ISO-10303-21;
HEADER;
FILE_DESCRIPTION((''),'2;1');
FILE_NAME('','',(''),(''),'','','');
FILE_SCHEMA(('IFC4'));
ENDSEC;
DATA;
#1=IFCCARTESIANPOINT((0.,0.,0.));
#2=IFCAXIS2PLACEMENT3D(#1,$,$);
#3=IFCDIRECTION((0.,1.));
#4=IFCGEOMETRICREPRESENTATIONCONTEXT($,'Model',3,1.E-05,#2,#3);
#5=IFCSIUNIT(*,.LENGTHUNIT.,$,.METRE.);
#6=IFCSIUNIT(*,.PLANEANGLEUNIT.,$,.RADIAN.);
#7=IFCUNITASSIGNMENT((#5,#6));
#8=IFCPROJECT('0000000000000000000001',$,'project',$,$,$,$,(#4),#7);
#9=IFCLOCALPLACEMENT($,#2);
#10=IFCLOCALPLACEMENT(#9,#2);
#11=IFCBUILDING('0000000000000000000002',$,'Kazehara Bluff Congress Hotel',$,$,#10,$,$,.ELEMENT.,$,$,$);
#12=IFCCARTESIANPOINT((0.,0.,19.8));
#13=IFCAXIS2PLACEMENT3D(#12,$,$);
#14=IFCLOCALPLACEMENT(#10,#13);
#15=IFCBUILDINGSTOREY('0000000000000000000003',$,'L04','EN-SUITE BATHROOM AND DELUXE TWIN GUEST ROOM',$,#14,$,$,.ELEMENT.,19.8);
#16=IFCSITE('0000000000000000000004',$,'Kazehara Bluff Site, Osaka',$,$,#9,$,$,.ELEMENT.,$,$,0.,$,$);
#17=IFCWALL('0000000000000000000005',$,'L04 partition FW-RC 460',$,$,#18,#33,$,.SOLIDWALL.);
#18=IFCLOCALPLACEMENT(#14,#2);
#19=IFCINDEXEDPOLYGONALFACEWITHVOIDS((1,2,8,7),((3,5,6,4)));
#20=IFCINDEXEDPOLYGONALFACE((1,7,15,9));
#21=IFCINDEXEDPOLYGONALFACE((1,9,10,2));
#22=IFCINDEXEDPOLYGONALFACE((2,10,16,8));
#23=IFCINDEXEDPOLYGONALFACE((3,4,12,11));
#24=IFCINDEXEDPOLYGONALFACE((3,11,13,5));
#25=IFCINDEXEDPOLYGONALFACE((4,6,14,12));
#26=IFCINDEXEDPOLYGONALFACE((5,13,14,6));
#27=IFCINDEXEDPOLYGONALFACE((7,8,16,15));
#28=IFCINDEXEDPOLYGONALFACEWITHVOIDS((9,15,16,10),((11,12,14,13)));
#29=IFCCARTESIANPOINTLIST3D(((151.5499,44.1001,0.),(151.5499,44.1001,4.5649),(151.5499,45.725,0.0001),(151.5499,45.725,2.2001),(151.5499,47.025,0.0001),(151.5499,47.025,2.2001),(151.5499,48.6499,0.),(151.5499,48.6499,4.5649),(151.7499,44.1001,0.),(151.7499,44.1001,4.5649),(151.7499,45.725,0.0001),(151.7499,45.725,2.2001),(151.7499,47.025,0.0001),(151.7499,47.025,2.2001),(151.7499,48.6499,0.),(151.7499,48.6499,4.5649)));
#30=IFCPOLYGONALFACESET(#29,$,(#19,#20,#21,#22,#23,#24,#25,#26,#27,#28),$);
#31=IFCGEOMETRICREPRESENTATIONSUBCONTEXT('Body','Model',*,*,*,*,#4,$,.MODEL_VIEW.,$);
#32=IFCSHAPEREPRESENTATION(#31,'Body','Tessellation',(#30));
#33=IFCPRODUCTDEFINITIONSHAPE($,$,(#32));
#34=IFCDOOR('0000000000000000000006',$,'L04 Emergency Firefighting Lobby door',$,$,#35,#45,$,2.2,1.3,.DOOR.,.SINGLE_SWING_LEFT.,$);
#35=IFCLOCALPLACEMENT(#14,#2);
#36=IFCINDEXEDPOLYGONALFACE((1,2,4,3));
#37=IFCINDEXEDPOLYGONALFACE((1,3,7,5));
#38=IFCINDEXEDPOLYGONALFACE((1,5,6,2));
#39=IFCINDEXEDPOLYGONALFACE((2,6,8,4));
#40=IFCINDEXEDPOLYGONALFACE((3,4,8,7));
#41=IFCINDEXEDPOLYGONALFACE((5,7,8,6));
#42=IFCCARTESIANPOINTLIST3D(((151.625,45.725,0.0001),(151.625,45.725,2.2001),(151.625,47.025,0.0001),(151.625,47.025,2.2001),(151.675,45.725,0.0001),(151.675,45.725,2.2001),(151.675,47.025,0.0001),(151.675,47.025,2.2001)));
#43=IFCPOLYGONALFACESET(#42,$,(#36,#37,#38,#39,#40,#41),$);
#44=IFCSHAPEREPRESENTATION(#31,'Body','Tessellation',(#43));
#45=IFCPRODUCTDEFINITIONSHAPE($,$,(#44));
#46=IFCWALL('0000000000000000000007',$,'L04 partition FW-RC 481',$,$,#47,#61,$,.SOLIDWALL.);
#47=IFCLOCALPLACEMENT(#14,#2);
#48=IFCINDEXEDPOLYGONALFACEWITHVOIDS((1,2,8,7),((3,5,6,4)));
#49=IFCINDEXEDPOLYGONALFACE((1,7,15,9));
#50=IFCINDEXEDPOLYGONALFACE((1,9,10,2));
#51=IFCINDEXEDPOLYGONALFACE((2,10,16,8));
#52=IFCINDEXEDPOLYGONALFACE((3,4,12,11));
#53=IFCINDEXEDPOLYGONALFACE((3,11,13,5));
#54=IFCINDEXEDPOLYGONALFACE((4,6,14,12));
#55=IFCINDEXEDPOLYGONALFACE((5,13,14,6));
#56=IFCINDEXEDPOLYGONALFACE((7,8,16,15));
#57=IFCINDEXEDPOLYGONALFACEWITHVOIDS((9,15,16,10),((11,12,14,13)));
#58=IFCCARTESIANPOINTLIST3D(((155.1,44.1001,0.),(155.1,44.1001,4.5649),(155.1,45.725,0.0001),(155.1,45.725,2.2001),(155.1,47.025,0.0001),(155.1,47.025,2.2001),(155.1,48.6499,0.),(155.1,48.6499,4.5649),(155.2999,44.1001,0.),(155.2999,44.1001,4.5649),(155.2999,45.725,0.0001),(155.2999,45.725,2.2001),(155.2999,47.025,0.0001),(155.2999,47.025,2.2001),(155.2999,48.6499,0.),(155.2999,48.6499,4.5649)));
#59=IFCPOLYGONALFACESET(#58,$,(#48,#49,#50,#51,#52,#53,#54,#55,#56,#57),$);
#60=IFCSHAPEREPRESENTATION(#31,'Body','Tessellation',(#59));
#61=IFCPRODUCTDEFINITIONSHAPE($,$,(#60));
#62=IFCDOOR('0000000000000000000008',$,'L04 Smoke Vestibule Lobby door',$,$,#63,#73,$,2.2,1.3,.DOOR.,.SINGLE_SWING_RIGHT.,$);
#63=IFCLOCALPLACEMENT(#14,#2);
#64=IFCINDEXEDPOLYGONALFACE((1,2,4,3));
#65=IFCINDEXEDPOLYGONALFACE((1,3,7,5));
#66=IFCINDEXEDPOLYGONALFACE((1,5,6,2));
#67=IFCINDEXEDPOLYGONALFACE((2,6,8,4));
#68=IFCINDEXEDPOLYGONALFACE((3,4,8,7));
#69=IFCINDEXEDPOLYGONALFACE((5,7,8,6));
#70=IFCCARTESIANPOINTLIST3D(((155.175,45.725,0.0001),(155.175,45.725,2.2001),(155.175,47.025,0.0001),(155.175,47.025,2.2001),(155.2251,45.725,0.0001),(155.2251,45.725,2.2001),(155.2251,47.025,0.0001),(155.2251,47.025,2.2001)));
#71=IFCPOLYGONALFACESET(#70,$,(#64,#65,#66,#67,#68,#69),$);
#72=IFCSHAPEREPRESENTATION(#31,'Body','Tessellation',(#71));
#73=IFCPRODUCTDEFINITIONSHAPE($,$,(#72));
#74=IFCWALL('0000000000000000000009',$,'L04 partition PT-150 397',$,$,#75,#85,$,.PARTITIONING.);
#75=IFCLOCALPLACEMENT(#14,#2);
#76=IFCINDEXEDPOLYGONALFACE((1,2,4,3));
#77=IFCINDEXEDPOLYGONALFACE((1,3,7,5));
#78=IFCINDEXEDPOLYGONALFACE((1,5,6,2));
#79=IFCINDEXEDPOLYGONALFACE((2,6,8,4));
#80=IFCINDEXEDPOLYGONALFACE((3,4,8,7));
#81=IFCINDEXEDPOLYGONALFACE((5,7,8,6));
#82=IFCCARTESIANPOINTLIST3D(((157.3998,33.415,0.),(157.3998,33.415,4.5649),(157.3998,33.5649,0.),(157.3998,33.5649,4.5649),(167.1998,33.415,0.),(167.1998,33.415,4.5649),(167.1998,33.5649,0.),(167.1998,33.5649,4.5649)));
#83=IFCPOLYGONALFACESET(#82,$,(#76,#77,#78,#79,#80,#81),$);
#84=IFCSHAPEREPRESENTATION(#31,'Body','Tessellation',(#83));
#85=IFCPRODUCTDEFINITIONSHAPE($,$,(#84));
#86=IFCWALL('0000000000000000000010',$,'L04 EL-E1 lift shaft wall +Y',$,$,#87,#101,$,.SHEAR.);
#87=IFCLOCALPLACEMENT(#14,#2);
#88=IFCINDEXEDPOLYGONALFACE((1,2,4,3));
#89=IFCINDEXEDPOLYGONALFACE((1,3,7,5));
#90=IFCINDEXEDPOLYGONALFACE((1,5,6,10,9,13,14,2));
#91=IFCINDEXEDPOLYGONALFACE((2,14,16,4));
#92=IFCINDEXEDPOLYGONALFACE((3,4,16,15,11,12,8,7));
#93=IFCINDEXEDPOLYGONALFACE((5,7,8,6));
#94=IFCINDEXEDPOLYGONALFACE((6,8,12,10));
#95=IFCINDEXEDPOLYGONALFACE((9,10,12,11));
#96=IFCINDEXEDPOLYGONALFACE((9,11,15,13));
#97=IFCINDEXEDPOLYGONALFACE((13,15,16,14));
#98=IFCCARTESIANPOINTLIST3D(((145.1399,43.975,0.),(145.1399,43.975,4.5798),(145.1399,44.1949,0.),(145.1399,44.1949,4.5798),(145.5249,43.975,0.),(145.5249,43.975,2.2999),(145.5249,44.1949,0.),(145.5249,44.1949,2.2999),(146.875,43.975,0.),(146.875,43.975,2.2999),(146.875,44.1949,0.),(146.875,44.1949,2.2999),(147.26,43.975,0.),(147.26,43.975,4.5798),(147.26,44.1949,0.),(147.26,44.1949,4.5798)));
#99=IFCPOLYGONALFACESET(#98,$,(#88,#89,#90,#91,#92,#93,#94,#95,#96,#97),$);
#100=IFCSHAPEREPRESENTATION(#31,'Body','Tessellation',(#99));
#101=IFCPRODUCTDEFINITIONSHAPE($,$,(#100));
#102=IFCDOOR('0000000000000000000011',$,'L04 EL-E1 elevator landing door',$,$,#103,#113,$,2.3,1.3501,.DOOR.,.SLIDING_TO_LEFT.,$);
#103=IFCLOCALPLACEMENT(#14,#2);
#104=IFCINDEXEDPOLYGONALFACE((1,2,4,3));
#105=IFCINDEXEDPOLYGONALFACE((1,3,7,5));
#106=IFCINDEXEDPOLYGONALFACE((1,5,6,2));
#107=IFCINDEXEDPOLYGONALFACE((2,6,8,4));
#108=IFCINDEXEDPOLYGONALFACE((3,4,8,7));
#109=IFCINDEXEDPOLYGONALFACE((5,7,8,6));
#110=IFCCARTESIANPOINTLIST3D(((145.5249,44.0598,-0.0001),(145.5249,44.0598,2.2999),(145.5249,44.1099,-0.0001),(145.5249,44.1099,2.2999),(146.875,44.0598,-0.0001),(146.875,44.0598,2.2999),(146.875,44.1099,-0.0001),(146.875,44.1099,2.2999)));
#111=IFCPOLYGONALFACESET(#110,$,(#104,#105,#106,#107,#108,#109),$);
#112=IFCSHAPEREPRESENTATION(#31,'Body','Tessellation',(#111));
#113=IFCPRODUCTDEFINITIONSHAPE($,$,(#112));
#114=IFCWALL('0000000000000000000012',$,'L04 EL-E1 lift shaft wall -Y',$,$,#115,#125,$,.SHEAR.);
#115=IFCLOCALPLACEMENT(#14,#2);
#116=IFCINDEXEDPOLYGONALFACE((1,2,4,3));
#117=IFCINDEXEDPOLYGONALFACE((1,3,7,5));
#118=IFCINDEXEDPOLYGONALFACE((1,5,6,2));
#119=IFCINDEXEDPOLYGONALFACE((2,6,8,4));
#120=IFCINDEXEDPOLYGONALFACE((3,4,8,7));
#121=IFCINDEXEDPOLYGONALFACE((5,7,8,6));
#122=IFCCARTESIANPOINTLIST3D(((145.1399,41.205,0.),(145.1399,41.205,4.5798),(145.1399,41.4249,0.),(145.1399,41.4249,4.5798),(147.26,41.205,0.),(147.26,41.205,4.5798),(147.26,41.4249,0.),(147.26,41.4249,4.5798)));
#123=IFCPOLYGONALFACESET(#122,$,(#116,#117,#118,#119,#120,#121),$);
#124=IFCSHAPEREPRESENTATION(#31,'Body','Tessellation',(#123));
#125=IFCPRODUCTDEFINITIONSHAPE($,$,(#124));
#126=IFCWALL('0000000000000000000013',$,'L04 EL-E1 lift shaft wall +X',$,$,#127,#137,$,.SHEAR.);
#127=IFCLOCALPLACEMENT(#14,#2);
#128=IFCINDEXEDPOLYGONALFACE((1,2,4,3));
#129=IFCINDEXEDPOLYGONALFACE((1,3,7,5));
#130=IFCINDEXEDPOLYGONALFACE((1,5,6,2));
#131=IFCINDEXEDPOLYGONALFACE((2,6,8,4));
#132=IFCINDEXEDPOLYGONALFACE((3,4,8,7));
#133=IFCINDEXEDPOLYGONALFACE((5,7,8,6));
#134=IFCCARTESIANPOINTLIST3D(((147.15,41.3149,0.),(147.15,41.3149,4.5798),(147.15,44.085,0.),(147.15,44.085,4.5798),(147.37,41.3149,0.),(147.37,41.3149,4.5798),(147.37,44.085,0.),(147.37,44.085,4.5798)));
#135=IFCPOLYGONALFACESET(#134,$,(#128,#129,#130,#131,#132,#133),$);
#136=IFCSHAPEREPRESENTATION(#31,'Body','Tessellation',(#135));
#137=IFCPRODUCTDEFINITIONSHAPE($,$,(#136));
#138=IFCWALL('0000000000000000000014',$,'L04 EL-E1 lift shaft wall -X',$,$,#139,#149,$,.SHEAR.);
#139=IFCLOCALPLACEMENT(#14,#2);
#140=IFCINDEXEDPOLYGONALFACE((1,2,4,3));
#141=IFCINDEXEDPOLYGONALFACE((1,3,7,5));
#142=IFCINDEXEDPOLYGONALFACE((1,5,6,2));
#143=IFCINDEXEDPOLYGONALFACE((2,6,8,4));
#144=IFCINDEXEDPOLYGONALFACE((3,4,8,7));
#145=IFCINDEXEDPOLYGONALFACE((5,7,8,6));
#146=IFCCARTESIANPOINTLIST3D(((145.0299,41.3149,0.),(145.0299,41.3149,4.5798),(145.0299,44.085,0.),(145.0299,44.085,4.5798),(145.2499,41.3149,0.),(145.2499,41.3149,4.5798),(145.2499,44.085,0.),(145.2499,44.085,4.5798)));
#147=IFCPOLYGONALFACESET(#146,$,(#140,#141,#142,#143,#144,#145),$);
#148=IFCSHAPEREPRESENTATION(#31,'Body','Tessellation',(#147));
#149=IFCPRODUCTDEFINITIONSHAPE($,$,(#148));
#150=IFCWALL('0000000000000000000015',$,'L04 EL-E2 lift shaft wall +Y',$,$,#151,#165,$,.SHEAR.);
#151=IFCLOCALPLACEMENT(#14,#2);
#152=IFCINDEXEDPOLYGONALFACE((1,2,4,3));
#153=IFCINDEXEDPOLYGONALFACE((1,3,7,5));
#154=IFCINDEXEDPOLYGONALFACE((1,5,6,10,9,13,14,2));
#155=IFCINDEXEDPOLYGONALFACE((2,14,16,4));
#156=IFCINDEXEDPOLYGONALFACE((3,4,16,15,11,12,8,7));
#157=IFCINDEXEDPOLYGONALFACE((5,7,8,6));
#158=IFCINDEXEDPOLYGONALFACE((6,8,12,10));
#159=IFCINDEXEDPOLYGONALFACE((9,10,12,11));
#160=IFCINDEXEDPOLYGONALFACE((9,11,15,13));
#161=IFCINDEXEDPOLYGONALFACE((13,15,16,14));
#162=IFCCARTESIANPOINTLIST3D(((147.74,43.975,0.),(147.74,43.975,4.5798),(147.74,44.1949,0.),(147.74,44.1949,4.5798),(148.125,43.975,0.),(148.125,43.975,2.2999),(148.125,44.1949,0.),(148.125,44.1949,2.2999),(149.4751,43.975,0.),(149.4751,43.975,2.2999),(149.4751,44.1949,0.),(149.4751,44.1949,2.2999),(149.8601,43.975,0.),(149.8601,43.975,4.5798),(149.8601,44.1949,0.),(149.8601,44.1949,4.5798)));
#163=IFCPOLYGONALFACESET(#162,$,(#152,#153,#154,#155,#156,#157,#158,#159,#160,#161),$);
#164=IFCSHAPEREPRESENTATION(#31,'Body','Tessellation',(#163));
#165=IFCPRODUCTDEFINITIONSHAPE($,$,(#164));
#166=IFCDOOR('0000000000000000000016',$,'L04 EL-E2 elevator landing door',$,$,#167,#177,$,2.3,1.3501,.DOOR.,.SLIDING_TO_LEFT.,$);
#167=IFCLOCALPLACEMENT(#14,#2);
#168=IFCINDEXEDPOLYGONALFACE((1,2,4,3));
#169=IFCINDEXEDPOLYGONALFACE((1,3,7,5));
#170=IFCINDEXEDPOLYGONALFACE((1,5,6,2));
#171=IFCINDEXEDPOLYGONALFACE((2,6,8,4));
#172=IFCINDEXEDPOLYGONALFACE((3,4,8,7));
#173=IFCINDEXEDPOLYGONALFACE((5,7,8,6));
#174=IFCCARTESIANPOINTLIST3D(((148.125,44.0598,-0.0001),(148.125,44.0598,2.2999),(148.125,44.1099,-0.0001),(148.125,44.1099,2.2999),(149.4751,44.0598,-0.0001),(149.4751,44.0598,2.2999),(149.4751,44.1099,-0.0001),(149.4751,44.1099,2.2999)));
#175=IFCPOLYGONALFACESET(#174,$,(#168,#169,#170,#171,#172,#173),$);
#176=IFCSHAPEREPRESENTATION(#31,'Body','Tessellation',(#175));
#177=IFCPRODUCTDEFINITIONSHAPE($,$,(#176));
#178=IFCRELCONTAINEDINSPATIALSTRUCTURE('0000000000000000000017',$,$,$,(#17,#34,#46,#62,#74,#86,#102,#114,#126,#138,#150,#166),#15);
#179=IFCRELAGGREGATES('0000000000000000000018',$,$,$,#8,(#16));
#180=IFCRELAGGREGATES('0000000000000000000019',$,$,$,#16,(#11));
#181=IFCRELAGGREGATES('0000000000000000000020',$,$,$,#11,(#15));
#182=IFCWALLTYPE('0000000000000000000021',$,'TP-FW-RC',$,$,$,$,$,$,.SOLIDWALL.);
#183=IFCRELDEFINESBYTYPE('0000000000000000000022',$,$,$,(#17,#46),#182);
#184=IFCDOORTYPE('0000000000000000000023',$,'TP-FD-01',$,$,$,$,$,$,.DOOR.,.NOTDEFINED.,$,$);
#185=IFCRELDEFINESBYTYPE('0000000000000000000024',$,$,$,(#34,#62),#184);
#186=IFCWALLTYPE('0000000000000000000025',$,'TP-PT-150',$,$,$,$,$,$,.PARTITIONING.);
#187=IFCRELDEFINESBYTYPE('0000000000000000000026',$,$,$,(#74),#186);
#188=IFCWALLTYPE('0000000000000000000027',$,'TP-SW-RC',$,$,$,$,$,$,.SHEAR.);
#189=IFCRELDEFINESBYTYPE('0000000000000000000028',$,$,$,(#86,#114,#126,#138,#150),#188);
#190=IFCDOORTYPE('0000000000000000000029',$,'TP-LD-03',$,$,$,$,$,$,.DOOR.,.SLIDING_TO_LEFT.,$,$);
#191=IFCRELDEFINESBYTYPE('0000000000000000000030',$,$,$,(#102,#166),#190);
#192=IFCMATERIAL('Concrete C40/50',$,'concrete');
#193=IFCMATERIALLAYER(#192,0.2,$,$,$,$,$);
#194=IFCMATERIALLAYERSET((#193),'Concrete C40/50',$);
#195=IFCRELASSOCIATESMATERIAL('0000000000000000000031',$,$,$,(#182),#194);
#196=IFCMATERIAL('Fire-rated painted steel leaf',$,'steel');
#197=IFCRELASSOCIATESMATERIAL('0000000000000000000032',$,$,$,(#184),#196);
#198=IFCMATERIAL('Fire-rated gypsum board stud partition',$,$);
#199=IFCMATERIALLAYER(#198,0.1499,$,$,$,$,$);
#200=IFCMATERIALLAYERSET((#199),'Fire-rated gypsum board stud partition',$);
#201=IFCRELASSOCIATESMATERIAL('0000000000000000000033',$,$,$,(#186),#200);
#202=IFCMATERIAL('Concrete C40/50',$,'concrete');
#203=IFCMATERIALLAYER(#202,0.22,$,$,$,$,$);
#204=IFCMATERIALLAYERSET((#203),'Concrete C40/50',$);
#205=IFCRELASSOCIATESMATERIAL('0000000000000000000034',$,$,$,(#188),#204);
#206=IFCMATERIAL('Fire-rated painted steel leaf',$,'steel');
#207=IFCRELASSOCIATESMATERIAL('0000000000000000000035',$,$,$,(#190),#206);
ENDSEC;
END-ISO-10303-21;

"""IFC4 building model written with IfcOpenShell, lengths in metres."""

from ifc_helpers import new_model, si_unit, direction, frame, frame_2d, origin, place, context, subcontext, project, spatial, rectangle, extrude, material, layer, layer_set, type_object, element, fill, save


model = new_model("IFC4")

# Units and contexts
model_context = context("Model", 3, precision=1e-05, world=origin(), true_north=direction((0.0, 1.0)))
body_context = subcontext(model_context, "Body", "Model", "MODEL_VIEW")
ifc_project = project(units=[si_unit("LENGTHUNIT", "METRE"), si_unit("PLANEANGLEUNIT", "RADIAN")], contexts=[model_context])

# Site, building, storey
site_placement = place(None, origin())
site = spatial("IfcSite", under=ifc_project, at=site_placement, Name="Kazehara Bluff Site, Osaka", CompositionType="ELEMENT", RefElevation=0.0)
building_placement = place(site_placement, origin())
building = spatial("IfcBuilding", under=site, at=building_placement, Name="Kazehara Bluff Congress Hotel", CompositionType="ELEMENT")
storey_placement = place(building_placement, frame((0.0, 0.0, 19.8)))
storey = spatial("IfcBuildingStorey", under=building, at=storey_placement, Name="L04", Description="EN-SUITE BATHROOM AND DELUXE TWIN GUEST ROOM", CompositionType="ELEMENT", Elevation=19.8)

# Shared definitions
ifc_material_1 = material(Name="Concrete C40/50", Category="concrete")
ifc_layer_1 = layer(ifc_material_1, 0.2)
ifc_layer_set_1 = layer_set([ifc_layer_1], Name="Concrete C40/50")
wall_type_1 = type_object("IfcWallType", Name="TP-FW-RC", PredefinedType="SOLIDWALL", material=ifc_layer_set_1)

# Walls, openings, doors
wall_1_placement = place(storey_placement, frame((151.6499, 44.1001, 0.0), z_axis=(0.0, 0.0, 1.0), x_axis=(0.0, 1.0, 0.0)))
wall_1 = element("IfcWall", 1, at=wall_1_placement, inside=storey, type_object=wall_type_1, Name="L04 partition FW-RC 460", PredefinedType="SOLIDWALL", context=body_context, shape_type="SweptSolid", body=[
    extrude(rectangle(XDim=4.5498, YDim=0.2, at=frame_2d((2.2749, 0.0))), origin(), (0.0, 0.0, 1.0), 4.5649),
])
opening_1_placement = place(wall_1_placement, frame((1.625, 0.0, 0.0)))
opening_1 = element("IfcOpeningElement", 2, at=opening_1_placement, cuts=wall_1, PredefinedType="OPENING", context=body_context, shape_type="SweptSolid", body=[
    extrude(rectangle(XDim=1.3, YDim=2.2, at=frame_2d((0.6499, 1.1001))), frame((0.0, 0.1099, 0.0), z_axis=(0.0, -1.0, 0.0), x_axis=(1.0, 0.0, 0.0)), (0.0, 0.0, 1.0), 0.22),
])
ifc_material_2 = material(Name="Fire-rated painted steel leaf", Category="steel")
door_type_1 = type_object("IfcDoorType", Name="TP-FD-01", OperationType="NOTDEFINED", PredefinedType="DOOR", material=ifc_material_2)
door_1_placement = place(opening_1_placement, origin())
door_1 = element("IfcDoor", 3, at=door_1_placement, inside=storey, type_object=door_type_1, Name="L04 Emergency Firefighting Lobby door", OperationType="SINGLE_SWING_LEFT", OverallHeight=2.2, OverallWidth=1.3, PredefinedType="DOOR", context=body_context, shape_type="SweptSolid", body=[
    extrude(rectangle(XDim=1.3, YDim=2.2, at=frame_2d((0.6499, 1.1001))), frame((0.0, 0.0249, 0.0), z_axis=(0.0, -1.0, 0.0), x_axis=(1.0, 0.0, 0.0)), (0.0, 0.0, 1.0), 0.05),
])
fill(opening_1, door_1)
wall_2_placement = place(storey_placement, frame((155.2, 44.1001, 0.0), z_axis=(0.0, 0.0, 1.0), x_axis=(0.0, 1.0, 0.0)))
wall_2 = element("IfcWall", 4, at=wall_2_placement, inside=storey, type_object=wall_type_1, Name="L04 partition FW-RC 481", PredefinedType="SOLIDWALL", context=body_context, shape_type="SweptSolid", body=[
    extrude(rectangle(XDim=4.5498, YDim=0.2, at=frame_2d((2.2749, 0.0))), origin(), (0.0, 0.0, 1.0), 4.5649),
])
opening_2_placement = place(wall_2_placement, frame((1.625, 0.0, 0.0)))
opening_2 = element("IfcOpeningElement", 5, at=opening_2_placement, cuts=wall_2, PredefinedType="OPENING", context=body_context, shape_type="SweptSolid", body=[
    extrude(rectangle(XDim=1.3, YDim=2.2, at=frame_2d((0.6499, 1.1001))), frame((0.0, 0.1099, 0.0), z_axis=(0.0, -1.0, 0.0), x_axis=(1.0, 0.0, 0.0)), (0.0, 0.0, 1.0), 0.22),
])
door_2_placement = place(opening_2_placement, origin())
door_2 = element("IfcDoor", 6, at=door_2_placement, inside=storey, type_object=door_type_1, Name="L04 Smoke Vestibule Lobby door", OperationType="SINGLE_SWING_RIGHT", OverallHeight=2.2, OverallWidth=1.3, PredefinedType="DOOR", context=body_context, shape_type="SweptSolid", body=[
    extrude(rectangle(XDim=1.3, YDim=2.2, at=frame_2d((0.6499, 1.1001))), frame((0.0, 0.0249, 0.0), z_axis=(0.0, -1.0, 0.0), x_axis=(1.0, 0.0, 0.0)), (0.0, 0.0, 1.0), 0.05),
])
fill(opening_2, door_2)

# Wall
ifc_material_3 = material(Name="Fire-rated gypsum board stud partition")
ifc_layer_2 = layer(ifc_material_3, 0.1499)
ifc_layer_set_2 = layer_set([ifc_layer_2], Name="Fire-rated gypsum board stud partition")
wall_type_2 = type_object("IfcWallType", Name="TP-PT-150", PredefinedType="PARTITIONING", material=ifc_layer_set_2)
wall_3_placement = place(storey_placement, frame((157.3999, 33.49, 0.0), z_axis=(0.0, 0.0, 1.0), x_axis=(1.0, 0.0, 0.0)))
element("IfcWall", 7, at=wall_3_placement, inside=storey, type_object=wall_type_2, Name="L04 partition PT-150 397", PredefinedType="PARTITIONING", context=body_context, shape_type="SweptSolid", body=[
    extrude(rectangle(XDim=9.8, YDim=0.1499, at=frame_2d((4.8999, 0.0))), origin(), (0.0, 0.0, 1.0), 4.5649),
])

# Wall, opening, door
ifc_material_4 = material(Name="Concrete C40/50", Category="concrete")
ifc_layer_3 = layer(ifc_material_4, 0.22)
ifc_layer_set_3 = layer_set([ifc_layer_3], Name="Concrete C40/50")
wall_type_3 = type_object("IfcWallType", Name="TP-SW-RC", PredefinedType="SHEAR", material=ifc_layer_set_3)
wall_4_placement = place(storey_placement, frame((145.1399, 44.085, 0.0), z_axis=(0.0, 0.0, 1.0), x_axis=(1.0, 0.0, 0.0)))
wall_4 = element("IfcWall", 8, at=wall_4_placement, inside=storey, type_object=wall_type_3, Name="L04 EL-E1 lift shaft wall +Y", PredefinedType="SHEAR", context=body_context, shape_type="SweptSolid", body=[
    extrude(rectangle(XDim=2.1201, YDim=0.22, at=frame_2d((1.0601, 0.0))), origin(), (0.0, 0.0, 1.0), 4.5798),
])
opening_3_placement = place(wall_4_placement, frame((0.385, 0.0, 0.0)))
opening_3 = element("IfcOpeningElement", 9, at=opening_3_placement, cuts=wall_4, PredefinedType="OPENING", context=body_context, shape_type="SweptSolid", body=[
    extrude(rectangle(XDim=1.3501, YDim=2.3, at=frame_2d((0.675, 1.1499))), frame((0.0, 0.1199, 0.0), z_axis=(0.0, -1.0, 0.0), x_axis=(1.0, 0.0, 0.0)), (0.0, 0.0, 1.0), 0.24),
])
ifc_material_5 = material(Name="Fire-rated painted steel leaf", Category="steel")
door_type_2 = type_object("IfcDoorType", Name="TP-LD-03", OperationType="SLIDING_TO_LEFT", PredefinedType="DOOR", material=ifc_material_5)
door_3_placement = place(opening_3_placement, origin())
door_3 = element("IfcDoor", 10, at=door_3_placement, inside=storey, type_object=door_type_2, Name="L04 EL-E1 elevator landing door", OperationType="SLIDING_TO_LEFT", OverallHeight=2.3, OverallWidth=1.3501, PredefinedType="DOOR", context=body_context, shape_type="SweptSolid", body=[
    extrude(rectangle(XDim=1.3501, YDim=2.3, at=frame_2d((0.675, 1.1499))), frame((0.0, 0.0249, 0.0), z_axis=(0.0, -1.0, 0.0), x_axis=(1.0, 0.0, 0.0)), (0.0, 0.0, 1.0), 0.05),
])
fill(opening_3, door_3)

# Walls
wall_5_placement = place(storey_placement, frame((145.1399, 41.3149, 0.0), z_axis=(0.0, 0.0, 1.0), x_axis=(1.0, 0.0, 0.0)))
element("IfcWall", 11, at=wall_5_placement, inside=storey, type_object=wall_type_3, Name="L04 EL-E1 lift shaft wall -Y", PredefinedType="SHEAR", context=body_context, shape_type="SweptSolid", body=[
    extrude(rectangle(XDim=2.1201, YDim=0.22, at=frame_2d((1.0601, 0.0))), origin(), (0.0, 0.0, 1.0), 4.5798),
])
for number, where, z_axis, x_axis, name in (
    (12, (147.26, 41.3149, 0.0), (0.0, 0.0, 1.0), (0.0, 1.0, 0.0), "L04 EL-E1 lift shaft wall +X"),
    (13, (145.1399, 41.3149, 0.0), (0.0, 0.0, 1.0), (0.0, 1.0, 0.0), "L04 EL-E1 lift shaft wall -X"),
):
    element("IfcWall", number, at=place(storey_placement, frame(where, z_axis=z_axis, x_axis=x_axis)), inside=storey, type_object=wall_type_3, Name=name, PredefinedType="SHEAR", context=body_context, shape_type="SweptSolid", body=[
        extrude(rectangle(XDim=2.77, YDim=0.22, at=frame_2d((1.385, 0.0))), origin(), (0.0, 0.0, 1.0), 4.5798),
    ])

# Wall, opening, door
wall_6_placement = place(storey_placement, frame((147.74, 44.085, 0.0), z_axis=(0.0, 0.0, 1.0), x_axis=(1.0, 0.0, 0.0)))
wall_6 = element("IfcWall", 14, at=wall_6_placement, inside=storey, type_object=wall_type_3, Name="L04 EL-E2 lift shaft wall +Y", PredefinedType="SHEAR", context=body_context, shape_type="SweptSolid", body=[
    extrude(rectangle(XDim=2.1201, YDim=0.22, at=frame_2d((1.0601, 0.0))), origin(), (0.0, 0.0, 1.0), 4.5798),
])
opening_4_placement = place(wall_6_placement, frame((0.385, 0.0, 0.0)))
opening_4 = element("IfcOpeningElement", 15, at=opening_4_placement, cuts=wall_6, PredefinedType="OPENING", context=body_context, shape_type="SweptSolid", body=[
    extrude(rectangle(XDim=1.3501, YDim=2.3, at=frame_2d((0.675, 1.1499))), frame((0.0, 0.1199, 0.0), z_axis=(0.0, -1.0, 0.0), x_axis=(1.0, 0.0, 0.0)), (0.0, 0.0, 1.0), 0.24),
])
door_4_placement = place(opening_4_placement, origin())
door_4 = element("IfcDoor", 16, at=door_4_placement, inside=storey, type_object=door_type_2, Name="L04 EL-E2 elevator landing door", OperationType="SLIDING_TO_LEFT", OverallHeight=2.3, OverallWidth=1.3501, PredefinedType="DOOR", context=body_context, shape_type="SweptSolid", body=[
    extrude(rectangle(XDim=1.3501, YDim=2.3, at=frame_2d((0.675, 1.1499))), frame((0.0, 0.0249, 0.0), z_axis=(0.0, -1.0, 0.0), x_axis=(1.0, 0.0, 0.0)), (0.0, 0.0, 1.0), 0.05),
])
fill(opening_4, door_4)

save(model, "model.ifc")
